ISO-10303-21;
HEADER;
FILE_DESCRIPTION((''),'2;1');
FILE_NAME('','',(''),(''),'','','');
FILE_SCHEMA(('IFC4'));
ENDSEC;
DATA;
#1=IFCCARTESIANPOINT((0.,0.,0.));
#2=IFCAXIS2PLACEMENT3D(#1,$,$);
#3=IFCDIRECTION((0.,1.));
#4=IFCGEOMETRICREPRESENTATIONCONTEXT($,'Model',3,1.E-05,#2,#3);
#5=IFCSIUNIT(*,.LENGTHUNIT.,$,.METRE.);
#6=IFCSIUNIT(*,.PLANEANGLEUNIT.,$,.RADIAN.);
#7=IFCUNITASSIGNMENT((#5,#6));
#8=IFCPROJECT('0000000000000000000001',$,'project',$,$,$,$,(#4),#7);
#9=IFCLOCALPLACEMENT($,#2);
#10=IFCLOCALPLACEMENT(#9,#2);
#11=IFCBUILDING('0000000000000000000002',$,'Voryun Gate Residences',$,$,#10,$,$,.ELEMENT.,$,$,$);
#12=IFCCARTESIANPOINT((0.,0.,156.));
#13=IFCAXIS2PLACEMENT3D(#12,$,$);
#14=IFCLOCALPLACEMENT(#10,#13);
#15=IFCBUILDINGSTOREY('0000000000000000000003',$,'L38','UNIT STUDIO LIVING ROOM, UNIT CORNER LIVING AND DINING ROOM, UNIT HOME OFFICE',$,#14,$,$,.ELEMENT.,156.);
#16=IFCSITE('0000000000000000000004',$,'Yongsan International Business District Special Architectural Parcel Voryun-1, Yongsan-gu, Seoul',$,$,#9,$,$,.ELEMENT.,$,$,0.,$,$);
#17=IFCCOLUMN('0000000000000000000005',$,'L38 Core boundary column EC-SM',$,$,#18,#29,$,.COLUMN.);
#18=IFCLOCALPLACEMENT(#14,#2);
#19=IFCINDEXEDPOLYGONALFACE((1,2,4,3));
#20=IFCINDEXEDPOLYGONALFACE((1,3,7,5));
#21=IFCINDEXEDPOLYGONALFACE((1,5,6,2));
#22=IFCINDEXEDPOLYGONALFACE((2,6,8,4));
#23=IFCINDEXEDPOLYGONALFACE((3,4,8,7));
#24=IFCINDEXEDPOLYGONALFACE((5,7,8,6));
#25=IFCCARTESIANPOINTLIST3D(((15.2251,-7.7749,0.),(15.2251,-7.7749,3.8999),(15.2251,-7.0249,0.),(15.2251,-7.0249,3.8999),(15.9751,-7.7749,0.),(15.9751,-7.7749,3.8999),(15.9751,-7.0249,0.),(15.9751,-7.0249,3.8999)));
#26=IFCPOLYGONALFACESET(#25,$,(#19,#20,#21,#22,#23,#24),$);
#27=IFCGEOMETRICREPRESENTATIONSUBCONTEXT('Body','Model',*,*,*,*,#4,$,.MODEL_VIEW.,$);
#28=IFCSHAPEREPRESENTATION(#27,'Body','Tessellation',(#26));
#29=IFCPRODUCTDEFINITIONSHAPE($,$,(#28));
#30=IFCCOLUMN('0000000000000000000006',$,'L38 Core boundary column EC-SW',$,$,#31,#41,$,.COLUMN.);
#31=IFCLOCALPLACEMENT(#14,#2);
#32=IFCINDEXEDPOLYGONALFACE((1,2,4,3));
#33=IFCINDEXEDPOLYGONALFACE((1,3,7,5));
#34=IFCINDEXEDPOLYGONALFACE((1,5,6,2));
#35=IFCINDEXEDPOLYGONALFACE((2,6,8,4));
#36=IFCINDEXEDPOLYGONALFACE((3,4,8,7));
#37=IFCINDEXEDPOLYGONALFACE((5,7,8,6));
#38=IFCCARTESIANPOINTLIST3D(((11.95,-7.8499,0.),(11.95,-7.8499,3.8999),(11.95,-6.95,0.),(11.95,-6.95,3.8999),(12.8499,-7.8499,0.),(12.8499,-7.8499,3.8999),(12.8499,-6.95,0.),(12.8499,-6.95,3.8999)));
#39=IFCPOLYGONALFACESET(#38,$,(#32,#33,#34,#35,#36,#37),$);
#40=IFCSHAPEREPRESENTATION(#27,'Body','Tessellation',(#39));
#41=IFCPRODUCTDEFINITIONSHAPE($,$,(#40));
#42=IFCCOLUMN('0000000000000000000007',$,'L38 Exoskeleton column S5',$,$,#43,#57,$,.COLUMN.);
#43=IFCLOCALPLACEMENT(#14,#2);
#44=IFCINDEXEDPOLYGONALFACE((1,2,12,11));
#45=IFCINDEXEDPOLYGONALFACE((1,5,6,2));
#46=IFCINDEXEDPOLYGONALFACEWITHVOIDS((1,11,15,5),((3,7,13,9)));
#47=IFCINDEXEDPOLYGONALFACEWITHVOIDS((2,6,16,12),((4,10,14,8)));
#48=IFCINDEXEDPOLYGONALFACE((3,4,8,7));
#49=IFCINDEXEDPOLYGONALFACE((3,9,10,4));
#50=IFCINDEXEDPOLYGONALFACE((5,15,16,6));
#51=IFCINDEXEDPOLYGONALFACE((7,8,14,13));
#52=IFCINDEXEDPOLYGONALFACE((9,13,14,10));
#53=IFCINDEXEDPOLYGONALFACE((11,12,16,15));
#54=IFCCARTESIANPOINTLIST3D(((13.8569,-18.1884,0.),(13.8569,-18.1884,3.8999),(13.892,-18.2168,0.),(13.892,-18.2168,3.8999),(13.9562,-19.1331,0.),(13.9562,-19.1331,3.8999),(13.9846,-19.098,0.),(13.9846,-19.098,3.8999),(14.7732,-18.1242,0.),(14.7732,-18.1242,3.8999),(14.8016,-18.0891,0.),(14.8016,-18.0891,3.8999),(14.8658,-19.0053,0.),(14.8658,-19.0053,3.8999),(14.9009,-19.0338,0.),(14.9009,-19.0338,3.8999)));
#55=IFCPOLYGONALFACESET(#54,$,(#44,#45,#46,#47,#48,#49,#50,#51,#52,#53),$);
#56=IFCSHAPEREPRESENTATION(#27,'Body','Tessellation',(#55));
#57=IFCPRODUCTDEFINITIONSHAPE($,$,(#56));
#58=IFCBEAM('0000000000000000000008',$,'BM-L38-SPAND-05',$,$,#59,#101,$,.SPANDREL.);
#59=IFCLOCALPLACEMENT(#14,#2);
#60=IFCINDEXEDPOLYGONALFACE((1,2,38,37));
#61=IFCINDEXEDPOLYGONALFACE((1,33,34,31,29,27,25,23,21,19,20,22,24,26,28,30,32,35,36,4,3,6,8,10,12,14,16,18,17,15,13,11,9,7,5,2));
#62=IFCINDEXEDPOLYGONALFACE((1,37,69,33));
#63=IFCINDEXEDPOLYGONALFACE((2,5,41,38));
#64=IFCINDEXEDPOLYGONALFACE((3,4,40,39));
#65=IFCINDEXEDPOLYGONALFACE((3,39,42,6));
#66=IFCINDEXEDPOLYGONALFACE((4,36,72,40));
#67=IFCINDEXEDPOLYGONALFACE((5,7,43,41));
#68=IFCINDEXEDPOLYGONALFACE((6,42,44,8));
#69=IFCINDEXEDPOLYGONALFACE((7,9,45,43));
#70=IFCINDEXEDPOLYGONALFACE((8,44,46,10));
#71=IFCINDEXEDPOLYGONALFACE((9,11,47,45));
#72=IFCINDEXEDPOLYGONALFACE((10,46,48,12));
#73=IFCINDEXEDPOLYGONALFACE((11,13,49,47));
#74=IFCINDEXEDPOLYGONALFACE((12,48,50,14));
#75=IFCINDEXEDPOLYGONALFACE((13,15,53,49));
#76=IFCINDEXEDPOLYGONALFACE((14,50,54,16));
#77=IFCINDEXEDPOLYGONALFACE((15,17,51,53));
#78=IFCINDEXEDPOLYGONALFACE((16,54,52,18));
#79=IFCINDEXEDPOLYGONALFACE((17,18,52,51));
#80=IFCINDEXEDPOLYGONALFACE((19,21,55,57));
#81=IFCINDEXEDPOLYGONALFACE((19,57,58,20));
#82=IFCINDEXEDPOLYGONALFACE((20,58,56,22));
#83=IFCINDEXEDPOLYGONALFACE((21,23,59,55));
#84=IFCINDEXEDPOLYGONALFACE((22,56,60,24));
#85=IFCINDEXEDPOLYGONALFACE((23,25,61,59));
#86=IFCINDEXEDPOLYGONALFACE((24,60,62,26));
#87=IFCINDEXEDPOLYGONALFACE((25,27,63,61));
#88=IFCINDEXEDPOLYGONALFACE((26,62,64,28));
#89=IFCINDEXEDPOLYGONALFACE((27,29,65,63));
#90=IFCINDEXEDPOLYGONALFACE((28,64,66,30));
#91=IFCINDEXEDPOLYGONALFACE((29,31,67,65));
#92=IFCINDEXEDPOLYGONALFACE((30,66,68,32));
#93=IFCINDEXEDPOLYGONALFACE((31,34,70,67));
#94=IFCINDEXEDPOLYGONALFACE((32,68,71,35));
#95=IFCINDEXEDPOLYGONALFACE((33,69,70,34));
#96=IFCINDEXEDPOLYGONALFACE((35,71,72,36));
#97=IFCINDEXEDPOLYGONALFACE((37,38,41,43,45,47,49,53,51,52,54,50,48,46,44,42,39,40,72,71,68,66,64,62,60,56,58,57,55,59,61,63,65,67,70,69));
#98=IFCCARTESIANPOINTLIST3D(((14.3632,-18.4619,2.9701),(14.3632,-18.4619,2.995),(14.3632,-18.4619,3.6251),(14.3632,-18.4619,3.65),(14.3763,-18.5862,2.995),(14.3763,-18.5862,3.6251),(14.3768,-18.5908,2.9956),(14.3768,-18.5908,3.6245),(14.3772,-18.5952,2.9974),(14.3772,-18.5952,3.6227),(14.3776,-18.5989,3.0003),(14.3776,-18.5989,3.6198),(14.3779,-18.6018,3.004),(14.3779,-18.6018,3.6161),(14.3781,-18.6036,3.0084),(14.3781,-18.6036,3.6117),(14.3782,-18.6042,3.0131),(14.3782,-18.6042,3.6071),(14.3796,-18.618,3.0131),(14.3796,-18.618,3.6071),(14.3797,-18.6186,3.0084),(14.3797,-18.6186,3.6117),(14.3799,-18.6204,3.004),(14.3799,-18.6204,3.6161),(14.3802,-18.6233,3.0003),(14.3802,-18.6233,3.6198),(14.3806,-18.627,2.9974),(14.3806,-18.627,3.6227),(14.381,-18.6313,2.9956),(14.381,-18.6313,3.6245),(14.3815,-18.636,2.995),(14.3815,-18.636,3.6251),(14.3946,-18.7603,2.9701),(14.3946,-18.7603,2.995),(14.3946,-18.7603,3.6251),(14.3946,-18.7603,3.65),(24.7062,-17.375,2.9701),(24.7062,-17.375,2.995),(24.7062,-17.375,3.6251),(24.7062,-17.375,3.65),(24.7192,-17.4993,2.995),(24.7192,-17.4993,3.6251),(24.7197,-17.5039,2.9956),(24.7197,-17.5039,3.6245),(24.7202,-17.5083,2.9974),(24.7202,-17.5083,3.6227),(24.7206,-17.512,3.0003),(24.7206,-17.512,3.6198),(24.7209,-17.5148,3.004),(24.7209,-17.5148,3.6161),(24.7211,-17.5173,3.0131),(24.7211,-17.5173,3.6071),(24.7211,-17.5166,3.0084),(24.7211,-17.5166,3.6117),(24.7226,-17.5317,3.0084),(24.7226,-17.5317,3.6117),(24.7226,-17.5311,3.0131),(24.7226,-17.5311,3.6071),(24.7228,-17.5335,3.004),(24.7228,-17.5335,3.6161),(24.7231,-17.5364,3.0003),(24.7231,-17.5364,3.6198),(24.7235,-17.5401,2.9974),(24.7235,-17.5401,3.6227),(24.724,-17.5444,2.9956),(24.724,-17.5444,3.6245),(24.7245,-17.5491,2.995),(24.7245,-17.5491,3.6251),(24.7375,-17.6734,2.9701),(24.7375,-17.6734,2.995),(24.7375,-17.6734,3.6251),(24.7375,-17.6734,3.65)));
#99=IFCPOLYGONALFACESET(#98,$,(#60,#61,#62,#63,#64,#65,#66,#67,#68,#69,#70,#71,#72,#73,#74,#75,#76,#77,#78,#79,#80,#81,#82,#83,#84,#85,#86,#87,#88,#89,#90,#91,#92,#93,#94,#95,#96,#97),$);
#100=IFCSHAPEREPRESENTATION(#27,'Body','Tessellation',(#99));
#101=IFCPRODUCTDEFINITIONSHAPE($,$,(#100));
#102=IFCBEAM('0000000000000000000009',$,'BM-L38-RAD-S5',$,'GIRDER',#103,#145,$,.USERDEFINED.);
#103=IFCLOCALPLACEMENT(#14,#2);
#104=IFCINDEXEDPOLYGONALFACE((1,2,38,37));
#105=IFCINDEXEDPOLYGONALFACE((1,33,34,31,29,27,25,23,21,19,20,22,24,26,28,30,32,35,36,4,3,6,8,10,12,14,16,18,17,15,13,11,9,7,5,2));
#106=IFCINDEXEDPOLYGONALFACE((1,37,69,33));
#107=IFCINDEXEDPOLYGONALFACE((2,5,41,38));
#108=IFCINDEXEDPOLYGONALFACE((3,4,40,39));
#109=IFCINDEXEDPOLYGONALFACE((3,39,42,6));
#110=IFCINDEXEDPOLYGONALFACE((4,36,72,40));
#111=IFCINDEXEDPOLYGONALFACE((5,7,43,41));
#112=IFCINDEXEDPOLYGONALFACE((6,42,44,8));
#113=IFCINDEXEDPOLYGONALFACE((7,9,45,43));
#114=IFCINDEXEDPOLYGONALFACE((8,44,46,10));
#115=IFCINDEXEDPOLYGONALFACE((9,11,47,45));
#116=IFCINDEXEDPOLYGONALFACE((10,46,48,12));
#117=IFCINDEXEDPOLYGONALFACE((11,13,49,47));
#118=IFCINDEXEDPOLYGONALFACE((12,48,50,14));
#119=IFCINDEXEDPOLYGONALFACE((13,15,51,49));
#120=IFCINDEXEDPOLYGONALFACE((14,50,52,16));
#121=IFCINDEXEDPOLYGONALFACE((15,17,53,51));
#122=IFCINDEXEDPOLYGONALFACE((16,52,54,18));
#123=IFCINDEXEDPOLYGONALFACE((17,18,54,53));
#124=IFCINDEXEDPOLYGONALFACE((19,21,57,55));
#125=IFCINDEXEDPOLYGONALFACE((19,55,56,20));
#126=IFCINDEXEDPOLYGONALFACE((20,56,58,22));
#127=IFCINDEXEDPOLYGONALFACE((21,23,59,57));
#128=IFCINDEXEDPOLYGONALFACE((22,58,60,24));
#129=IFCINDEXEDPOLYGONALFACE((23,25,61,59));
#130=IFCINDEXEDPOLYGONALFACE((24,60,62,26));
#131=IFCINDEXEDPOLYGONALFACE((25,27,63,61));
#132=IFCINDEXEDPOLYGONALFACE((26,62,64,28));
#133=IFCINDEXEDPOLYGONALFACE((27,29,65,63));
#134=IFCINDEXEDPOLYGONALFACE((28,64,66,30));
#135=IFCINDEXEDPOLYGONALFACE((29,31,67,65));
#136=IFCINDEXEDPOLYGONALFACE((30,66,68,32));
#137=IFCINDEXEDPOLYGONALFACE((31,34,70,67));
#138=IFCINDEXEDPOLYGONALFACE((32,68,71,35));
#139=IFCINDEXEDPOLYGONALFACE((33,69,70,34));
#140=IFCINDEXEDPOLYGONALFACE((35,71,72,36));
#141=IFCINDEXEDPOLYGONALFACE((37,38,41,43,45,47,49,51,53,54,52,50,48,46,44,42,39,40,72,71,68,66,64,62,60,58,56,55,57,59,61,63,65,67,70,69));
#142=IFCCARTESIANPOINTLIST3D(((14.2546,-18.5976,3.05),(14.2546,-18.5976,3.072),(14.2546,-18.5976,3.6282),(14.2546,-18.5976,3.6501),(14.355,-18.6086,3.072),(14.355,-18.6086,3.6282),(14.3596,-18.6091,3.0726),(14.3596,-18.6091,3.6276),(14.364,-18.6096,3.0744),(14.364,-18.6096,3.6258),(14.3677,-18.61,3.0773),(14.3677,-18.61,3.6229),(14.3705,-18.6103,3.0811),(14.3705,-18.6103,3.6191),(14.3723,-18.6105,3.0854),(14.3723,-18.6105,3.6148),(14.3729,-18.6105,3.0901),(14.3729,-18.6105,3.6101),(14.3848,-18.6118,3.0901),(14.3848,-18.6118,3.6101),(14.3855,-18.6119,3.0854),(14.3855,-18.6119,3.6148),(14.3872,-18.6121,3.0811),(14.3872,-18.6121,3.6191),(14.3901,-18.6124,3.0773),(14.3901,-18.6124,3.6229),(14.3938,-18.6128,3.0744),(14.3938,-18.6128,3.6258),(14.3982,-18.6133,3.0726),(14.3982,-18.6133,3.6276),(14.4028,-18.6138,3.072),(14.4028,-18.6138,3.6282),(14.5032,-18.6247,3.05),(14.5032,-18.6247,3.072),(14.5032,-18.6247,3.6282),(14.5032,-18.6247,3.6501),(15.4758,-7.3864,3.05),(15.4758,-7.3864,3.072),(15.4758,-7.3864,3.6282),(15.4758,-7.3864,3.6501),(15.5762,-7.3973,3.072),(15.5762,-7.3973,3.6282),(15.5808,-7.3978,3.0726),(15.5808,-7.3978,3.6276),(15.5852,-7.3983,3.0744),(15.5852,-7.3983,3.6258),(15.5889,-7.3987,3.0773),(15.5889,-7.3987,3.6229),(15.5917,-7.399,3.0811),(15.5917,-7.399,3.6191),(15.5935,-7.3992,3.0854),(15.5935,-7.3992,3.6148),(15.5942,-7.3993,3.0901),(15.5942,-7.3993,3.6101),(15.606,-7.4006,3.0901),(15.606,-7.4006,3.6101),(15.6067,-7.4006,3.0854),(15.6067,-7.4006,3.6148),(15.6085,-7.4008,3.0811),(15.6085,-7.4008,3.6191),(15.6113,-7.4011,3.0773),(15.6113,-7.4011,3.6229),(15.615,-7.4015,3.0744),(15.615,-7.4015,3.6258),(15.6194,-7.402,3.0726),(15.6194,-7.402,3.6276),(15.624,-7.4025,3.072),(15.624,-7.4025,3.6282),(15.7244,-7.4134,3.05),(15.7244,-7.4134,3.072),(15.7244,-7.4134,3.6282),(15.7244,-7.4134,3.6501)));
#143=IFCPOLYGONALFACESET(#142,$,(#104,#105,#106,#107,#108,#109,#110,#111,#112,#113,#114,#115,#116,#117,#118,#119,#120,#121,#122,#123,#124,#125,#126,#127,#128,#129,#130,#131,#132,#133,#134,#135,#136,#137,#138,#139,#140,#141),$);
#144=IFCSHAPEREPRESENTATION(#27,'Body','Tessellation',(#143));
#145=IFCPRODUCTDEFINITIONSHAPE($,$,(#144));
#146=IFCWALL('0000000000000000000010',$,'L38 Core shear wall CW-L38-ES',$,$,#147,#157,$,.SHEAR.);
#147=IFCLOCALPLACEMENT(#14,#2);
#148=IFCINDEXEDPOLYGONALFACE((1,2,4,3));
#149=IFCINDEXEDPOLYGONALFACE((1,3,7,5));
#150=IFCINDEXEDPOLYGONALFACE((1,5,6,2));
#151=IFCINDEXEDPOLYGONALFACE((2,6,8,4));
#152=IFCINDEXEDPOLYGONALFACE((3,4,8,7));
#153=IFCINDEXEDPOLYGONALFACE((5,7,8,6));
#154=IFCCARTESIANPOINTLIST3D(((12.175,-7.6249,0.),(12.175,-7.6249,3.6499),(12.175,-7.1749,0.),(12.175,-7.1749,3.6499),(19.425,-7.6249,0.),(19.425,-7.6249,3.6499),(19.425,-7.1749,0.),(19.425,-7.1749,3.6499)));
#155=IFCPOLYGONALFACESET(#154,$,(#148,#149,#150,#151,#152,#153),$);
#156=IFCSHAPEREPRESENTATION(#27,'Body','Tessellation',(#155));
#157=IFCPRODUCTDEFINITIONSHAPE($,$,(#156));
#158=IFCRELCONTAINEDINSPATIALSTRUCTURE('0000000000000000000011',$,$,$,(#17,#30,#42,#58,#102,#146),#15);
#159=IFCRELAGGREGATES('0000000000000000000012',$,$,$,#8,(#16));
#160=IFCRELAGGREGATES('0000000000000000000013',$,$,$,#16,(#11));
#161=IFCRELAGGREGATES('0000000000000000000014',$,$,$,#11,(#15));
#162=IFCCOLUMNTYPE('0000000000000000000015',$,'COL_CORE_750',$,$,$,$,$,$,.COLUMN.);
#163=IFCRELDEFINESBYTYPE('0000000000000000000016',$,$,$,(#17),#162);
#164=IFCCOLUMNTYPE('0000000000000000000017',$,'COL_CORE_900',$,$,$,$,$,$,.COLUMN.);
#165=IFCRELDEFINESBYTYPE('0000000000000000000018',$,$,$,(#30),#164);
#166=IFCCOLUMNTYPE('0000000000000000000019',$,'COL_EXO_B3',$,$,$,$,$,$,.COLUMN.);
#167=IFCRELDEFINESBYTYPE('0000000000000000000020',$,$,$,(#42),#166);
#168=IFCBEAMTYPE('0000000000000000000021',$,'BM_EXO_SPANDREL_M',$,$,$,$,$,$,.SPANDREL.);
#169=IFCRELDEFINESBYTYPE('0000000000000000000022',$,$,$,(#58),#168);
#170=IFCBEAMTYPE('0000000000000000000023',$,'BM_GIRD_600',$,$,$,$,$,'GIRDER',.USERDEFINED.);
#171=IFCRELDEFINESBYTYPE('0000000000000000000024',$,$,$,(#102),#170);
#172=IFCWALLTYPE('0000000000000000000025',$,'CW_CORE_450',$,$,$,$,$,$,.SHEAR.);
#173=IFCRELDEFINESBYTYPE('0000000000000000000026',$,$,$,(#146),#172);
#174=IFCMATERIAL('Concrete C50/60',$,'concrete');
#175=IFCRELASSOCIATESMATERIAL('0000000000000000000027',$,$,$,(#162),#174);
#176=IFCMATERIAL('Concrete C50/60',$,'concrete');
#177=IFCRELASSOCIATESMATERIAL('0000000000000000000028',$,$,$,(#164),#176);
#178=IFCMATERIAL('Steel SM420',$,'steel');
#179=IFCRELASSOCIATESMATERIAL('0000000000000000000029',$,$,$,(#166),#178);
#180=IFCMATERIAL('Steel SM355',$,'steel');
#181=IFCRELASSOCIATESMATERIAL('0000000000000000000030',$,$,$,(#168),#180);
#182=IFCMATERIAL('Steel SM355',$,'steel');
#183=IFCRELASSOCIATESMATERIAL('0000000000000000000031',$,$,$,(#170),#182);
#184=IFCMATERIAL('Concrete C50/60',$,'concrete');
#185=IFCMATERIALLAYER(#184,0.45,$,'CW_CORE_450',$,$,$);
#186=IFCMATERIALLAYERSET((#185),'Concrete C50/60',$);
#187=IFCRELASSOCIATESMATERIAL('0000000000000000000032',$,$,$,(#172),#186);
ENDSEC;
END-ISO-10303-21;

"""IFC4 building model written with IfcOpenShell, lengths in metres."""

from ifc_helpers import new_model, si_unit, direction, frame, frame_2d, origin, origin_2d, place, context, subcontext, project, spatial, rectangle, hollow_rectangle, i_section, extrude, material, layer, layer_set, material_profile, profile_set, type_object, element, save


model = new_model("IFC4")

# Units and contexts
model_context = context("Model", 3, precision=1e-05, world=origin(), true_north=direction((0.0, 1.0)))
body_context = subcontext(model_context, "Body", "Model", "MODEL_VIEW")
ifc_project = project(units=[si_unit("LENGTHUNIT", "METRE"), si_unit("PLANEANGLEUNIT", "RADIAN")], contexts=[model_context])

# Site, building, storey
site_placement = place(None, origin())
site = spatial("IfcSite", under=ifc_project, at=site_placement, Name="Yongsan International Business District Special Architectural Parcel Voryun-1, Yongsan-gu, Seoul", CompositionType="ELEMENT", RefElevation=0.0)
building_placement = place(site_placement, origin())
building = spatial("IfcBuilding", under=site, at=building_placement, Name="Voryun Gate Residences", CompositionType="ELEMENT")
storey_placement = place(building_placement, frame((0.0, 0.0, 156.0)))
storey = spatial("IfcBuildingStorey", under=building, at=storey_placement, Name="L38", Description="UNIT STUDIO LIVING ROOM, UNIT CORNER LIVING AND DINING ROOM, UNIT HOME OFFICE", CompositionType="ELEMENT", Elevation=156.0)

# Columns
ifc_material_1 = material(Name="Concrete C50/60", Category="concrete")
ifc_material_profile_1 = material_profile(ifc_material_1, rectangle(XDim=0.75, YDim=0.75, at=origin_2d()), Name="RC-750x750")
ifc_profile_set_1 = profile_set([ifc_material_profile_1], Name="Concrete C50/60")
column_type_1 = type_object("IfcColumnType", Name="COL_CORE_750", PredefinedType="COLUMN", material=ifc_profile_set_1)
column_1_placement = place(storey_placement, frame((15.6001, -7.3999, 0.0), z_axis=(0.0, 0.0, 1.0), x_axis=(1.0, 0.0, 0.0)))
element("IfcColumn", 1, at=column_1_placement, inside=storey, type_object=column_type_1, Name="L38 Core boundary column EC-SM", PredefinedType="COLUMN", context=body_context, shape_type="SweptSolid", body=[
    extrude(rectangle(XDim=0.75, YDim=0.75, at=origin_2d()), origin(), (0.0, 0.0, 1.0), 3.8999),
])
ifc_material_2 = material(Name="Concrete C50/60", Category="concrete")
ifc_material_profile_2 = material_profile(ifc_material_2, rectangle(XDim=0.8999, YDim=0.8999, at=origin_2d()), Name="RC-900x900")
ifc_profile_set_2 = profile_set([ifc_material_profile_2], Name="Concrete C50/60")
column_type_2 = type_object("IfcColumnType", Name="COL_CORE_900", PredefinedType="COLUMN", material=ifc_profile_set_2)
column_2_placement = place(storey_placement, frame((12.3999, -7.3999, 0.0), z_axis=(0.0, 0.0, 1.0), x_axis=(1.0, 0.0, 0.0)))
element("IfcColumn", 2, at=column_2_placement, inside=storey, type_object=column_type_2, Name="L38 Core boundary column EC-SW", PredefinedType="COLUMN", context=body_context, shape_type="SweptSolid", body=[
    extrude(rectangle(XDim=0.8999, YDim=0.8999, at=origin_2d()), origin(), (0.0, 0.0, 1.0), 3.8999),
])
ifc_material_3 = material(Name="Steel SM420", Category="steel")
ifc_material_profile_3 = material_profile(ifc_material_3, hollow_rectangle(XDim=0.95, YDim=0.95, WallThickness=0.032, at=origin_2d()), Name="BOX-950x950x32")
ifc_profile_set_3 = profile_set([ifc_material_profile_3], Name="Steel SM420")
column_type_3 = type_object("IfcColumnType", Name="COL_EXO_B3", PredefinedType="COLUMN", material=ifc_profile_set_3)
column_3_placement = place(storey_placement, frame((14.3789, -18.6111, 0.0), z_axis=(0.0, 0.0, 1.0), x_axis=(0.994522, 0.104528, 0.0)))
element("IfcColumn", 3, at=column_3_placement, inside=storey, type_object=column_type_3, Name="L38 Exoskeleton column S5", PredefinedType="COLUMN", context=body_context, shape_type="SweptSolid", body=[
    extrude(hollow_rectangle(XDim=0.95, YDim=0.95, WallThickness=0.032, at=origin_2d()), origin(), (0.0, 0.0, 1.0), 3.8999),
])

# Beams
ifc_material_4 = material(Name="Steel SM355", Category="steel")
ifc_material_profile_4 = material_profile(ifc_material_4, i_section(OverallWidth=0.3, OverallDepth=0.6799, WebThickness=0.0139, FlangeThickness=0.0249, FilletRadius=0.0181, at=origin_2d()), Name="H-680x300x14x25")
ifc_profile_set_4 = profile_set([ifc_material_profile_4], Name="Steel SM355")
beam_type_1 = type_object("IfcBeamType", Name="BM_EXO_SPANDREL_M", PredefinedType="SPANDREL", material=ifc_profile_set_4)
beam_1_placement = place(storey_placement, frame((14.3789, -18.6111, 3.3101), z_axis=(0.994524, 0.104511, 0.0), x_axis=(-0.104511, 0.994524, 0.0)))
element("IfcBeam", 4, at=beam_1_placement, inside=storey, type_object=beam_type_1, Name="BM-L38-SPAND-05", PredefinedType="SPANDREL", context=body_context, shape_type="SweptSolid", body=[
    extrude(i_section(OverallWidth=0.3, OverallDepth=0.6799, WebThickness=0.0139, FlangeThickness=0.0249, FilletRadius=0.0181, at=origin_2d()), origin(), (0.0, 0.0, 1.0), 10.3999),
])
ifc_material_5 = material(Name="Steel SM355", Category="steel")
ifc_material_profile_5 = material_profile(ifc_material_5, i_section(OverallWidth=0.25, OverallDepth=0.6001, WebThickness=0.012, FlangeThickness=0.022, FilletRadius=0.0181, at=origin_2d()), Name="H-600x250x12x22")
ifc_profile_set_5 = profile_set([ifc_material_profile_5], Name="Steel SM355")
beam_type_2 = type_object("IfcBeamType", Name="BM_GIRD_600", ElementType="GIRDER", PredefinedType="USERDEFINED", material=ifc_profile_set_5)
beam_2_placement = place(storey_placement, frame((15.6001, -7.3999, 3.3501), z_axis=(-0.108286, -0.99412, 0.0), x_axis=(0.99412, -0.108286, 0.0)))
element("IfcBeam", 5, at=beam_2_placement, inside=storey, type_object=beam_type_2, Name="BM-L38-RAD-S5", ObjectType="GIRDER", PredefinedType="USERDEFINED", context=body_context, shape_type="SweptSolid", body=[
    extrude(i_section(OverallWidth=0.25, OverallDepth=0.6001, WebThickness=0.012, FlangeThickness=0.022, FilletRadius=0.0181, at=origin_2d()), origin(), (0.0, 0.0, 1.0), 11.2776),
])

# Wall
ifc_material_6 = material(Name="Concrete C50/60", Category="concrete")
ifc_layer_1 = layer(ifc_material_6, 0.45, Name="CW_CORE_450")
ifc_layer_set_1 = layer_set([ifc_layer_1], Name="Concrete C50/60")
wall_type_1 = type_object("IfcWallType", Name="CW_CORE_450", PredefinedType="SHEAR", material=ifc_layer_set_1)
wall_1_placement = place(storey_placement, frame((12.175, -7.3999, 0.0), z_axis=(0.0, 0.0, 1.0), x_axis=(1.0, 0.0, 0.0)))
element("IfcWall", 6, at=wall_1_placement, inside=storey, type_object=wall_type_1, Name="L38 Core shear wall CW-L38-ES", PredefinedType="SHEAR", context=body_context, shape_type="SweptSolid", body=[
    extrude(rectangle(XDim=7.25, YDim=0.45, at=frame_2d((3.625, 0.0))), origin(), (0.0, 0.0, 1.0), 3.6499),
])

save(model, "model.ifc")
